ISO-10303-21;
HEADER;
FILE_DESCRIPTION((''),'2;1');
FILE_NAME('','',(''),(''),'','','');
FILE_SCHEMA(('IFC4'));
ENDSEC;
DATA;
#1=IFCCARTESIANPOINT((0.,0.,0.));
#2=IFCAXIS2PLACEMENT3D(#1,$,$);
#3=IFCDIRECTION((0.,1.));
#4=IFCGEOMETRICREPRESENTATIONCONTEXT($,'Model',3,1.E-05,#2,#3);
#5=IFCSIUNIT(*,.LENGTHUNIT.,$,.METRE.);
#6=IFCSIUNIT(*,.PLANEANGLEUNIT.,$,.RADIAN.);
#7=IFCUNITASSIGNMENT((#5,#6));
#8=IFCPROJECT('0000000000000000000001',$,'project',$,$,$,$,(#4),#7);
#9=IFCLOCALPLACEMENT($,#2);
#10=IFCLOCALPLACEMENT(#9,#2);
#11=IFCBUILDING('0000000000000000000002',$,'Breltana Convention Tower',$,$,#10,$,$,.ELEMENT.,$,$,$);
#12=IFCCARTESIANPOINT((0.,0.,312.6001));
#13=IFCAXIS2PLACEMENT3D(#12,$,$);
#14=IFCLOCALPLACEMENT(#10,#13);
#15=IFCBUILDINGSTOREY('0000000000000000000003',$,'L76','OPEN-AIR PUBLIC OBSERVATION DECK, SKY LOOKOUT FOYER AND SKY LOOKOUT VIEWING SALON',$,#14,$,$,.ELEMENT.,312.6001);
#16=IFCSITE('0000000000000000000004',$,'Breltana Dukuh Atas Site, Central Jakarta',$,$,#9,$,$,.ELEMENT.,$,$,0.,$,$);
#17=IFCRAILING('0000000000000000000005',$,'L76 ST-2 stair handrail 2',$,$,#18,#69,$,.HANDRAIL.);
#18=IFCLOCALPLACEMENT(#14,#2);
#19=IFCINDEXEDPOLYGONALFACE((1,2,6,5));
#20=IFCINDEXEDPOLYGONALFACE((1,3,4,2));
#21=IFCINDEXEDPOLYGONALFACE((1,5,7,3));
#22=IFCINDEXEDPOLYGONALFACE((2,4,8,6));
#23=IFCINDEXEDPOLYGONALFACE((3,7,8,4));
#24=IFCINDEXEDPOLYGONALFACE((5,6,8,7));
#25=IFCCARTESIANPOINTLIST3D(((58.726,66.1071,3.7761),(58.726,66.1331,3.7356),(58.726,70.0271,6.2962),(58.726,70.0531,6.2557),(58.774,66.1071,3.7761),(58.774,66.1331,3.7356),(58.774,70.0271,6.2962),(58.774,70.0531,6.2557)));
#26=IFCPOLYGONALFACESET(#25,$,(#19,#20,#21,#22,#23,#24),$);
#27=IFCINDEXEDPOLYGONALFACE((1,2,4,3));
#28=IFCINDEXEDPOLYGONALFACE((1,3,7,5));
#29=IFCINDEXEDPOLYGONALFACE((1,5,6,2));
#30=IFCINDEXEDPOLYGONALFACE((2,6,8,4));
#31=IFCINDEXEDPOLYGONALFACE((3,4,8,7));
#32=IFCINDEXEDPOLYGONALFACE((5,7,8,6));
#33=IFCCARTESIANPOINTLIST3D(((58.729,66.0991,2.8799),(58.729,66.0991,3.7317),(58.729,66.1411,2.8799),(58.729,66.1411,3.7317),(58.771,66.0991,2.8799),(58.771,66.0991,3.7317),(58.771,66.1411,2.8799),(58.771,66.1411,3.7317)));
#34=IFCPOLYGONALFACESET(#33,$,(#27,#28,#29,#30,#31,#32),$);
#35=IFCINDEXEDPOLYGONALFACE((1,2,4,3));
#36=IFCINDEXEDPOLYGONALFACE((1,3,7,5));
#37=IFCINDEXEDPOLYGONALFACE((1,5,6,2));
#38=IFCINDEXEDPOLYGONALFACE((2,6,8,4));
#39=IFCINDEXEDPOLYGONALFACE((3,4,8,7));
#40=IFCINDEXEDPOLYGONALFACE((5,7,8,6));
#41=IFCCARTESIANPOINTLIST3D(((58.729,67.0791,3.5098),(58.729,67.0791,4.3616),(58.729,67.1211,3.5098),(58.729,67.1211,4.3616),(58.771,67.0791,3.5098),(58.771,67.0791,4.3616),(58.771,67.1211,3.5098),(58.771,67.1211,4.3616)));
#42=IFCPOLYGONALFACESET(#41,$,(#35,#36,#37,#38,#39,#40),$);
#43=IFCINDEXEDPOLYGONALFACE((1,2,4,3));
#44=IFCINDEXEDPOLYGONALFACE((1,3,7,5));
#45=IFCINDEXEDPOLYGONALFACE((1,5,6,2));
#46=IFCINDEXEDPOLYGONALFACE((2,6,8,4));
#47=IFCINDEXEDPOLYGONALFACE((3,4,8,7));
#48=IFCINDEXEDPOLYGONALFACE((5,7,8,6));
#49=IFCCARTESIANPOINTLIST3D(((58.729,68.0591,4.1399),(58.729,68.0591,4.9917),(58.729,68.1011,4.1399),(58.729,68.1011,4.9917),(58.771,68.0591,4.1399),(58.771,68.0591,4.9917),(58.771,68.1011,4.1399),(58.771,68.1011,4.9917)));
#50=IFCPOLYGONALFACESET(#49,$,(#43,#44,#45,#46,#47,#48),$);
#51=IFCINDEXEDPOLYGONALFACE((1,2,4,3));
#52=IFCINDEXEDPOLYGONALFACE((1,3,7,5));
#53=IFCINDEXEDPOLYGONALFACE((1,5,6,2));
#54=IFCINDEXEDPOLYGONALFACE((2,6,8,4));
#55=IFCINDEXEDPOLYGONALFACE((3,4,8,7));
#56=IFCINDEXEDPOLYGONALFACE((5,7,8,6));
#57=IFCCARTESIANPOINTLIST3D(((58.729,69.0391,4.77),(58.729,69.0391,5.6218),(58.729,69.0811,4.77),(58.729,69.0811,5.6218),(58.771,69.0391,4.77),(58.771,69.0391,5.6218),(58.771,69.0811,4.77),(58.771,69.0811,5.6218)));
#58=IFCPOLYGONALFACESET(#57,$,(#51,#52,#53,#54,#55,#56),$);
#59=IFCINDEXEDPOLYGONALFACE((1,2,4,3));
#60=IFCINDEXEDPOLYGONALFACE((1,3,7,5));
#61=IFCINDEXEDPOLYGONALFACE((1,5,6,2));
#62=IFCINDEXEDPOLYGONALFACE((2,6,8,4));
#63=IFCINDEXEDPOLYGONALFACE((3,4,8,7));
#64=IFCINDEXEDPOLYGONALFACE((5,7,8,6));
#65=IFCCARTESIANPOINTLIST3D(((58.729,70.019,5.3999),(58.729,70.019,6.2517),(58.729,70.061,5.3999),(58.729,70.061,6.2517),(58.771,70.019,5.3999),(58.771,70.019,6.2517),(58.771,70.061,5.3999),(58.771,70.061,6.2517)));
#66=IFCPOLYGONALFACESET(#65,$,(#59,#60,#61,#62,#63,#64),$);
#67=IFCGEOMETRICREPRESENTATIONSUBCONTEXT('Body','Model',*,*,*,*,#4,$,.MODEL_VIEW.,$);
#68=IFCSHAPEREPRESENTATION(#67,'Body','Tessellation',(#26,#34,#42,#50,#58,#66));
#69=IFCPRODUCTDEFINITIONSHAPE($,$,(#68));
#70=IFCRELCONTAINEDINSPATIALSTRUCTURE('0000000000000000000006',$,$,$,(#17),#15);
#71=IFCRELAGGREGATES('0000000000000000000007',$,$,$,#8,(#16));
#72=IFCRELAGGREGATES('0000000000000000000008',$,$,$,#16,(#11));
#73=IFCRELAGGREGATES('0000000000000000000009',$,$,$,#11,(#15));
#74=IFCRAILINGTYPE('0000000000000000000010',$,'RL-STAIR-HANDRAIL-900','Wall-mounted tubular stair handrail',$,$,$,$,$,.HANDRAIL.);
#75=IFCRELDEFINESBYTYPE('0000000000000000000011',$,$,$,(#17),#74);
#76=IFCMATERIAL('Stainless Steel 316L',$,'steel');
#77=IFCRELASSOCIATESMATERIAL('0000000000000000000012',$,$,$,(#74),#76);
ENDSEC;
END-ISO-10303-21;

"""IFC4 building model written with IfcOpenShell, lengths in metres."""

from ifc_helpers import new_model, si_unit, direction, frame, origin, origin_2d, place, context, subcontext, project, spatial, rectangle, extrude, material, type_object, element, save


model = new_model("IFC4")

# Units and contexts
model_context = context("Model", 3, precision=1e-05, world=origin(), true_north=direction((0.0, 1.0)))
body_context = subcontext(model_context, "Body", "Model", "MODEL_VIEW")
ifc_project = project(units=[si_unit("LENGTHUNIT", "METRE"), si_unit("PLANEANGLEUNIT", "RADIAN")], contexts=[model_context])

# Site, building, storey
site_placement = place(None, origin())
site = spatial("IfcSite", under=ifc_project, at=site_placement, Name="Breltana Dukuh Atas Site, Central Jakarta", CompositionType="ELEMENT", RefElevation=0.0)
building_placement = place(site_placement, origin())
building = spatial("IfcBuilding", under=site, at=building_placement, Name="Breltana Convention Tower", CompositionType="ELEMENT")
storey_placement = place(building_placement, frame((0.0, 0.0, 312.6001)))
storey = spatial("IfcBuildingStorey", under=building, at=storey_placement, Name="L76", Description="OPEN-AIR PUBLIC OBSERVATION DECK, SKY LOOKOUT FOYER AND SKY LOOKOUT VIEWING SALON", CompositionType="ELEMENT", Elevation=312.6001)

# Railing
ifc_material_1 = material(Name="Stainless Steel 316L", Category="steel")
railing_type_1 = type_object("IfcRailingType", Name="RL-STAIR-HANDRAIL-900", Description="Wall-mounted tubular stair handrail", PredefinedType="HANDRAIL", material=ifc_material_1)
railing_1_placement = place(storey_placement, frame((58.75, 66.1201, 2.8799)))
element("IfcRailing", 1, at=railing_1_placement, inside=storey, type_object=railing_type_1, Name="L76 ST-2 stair handrail 2", PredefinedType="HANDRAIL", context=body_context, shape_type="SweptSolid", body=[
    extrude(rectangle(XDim=0.0481, YDim=0.0481, at=origin_2d()), frame((0.0, 0.0, 0.876), z_axis=(0.0, 0.841172, 0.540768), x_axis=(-1.0, 0.0, 0.0)), (0.0, 0.0, 1.0), 4.6602),
    extrude(rectangle(XDim=0.042, YDim=0.042, at=origin_2d()), origin(), (0.0, 0.0, 1.0), 0.8518),
    extrude(rectangle(XDim=0.042, YDim=0.042, at=origin_2d()), frame((0.0, 0.98, 0.6299)), (0.0, 0.0, 1.0), 0.8518),
    extrude(rectangle(XDim=0.042, YDim=0.042, at=origin_2d()), frame((0.0, 1.96, 1.26)), (0.0, 0.0, 1.0), 0.8518),
    extrude(rectangle(XDim=0.042, YDim=0.042, at=origin_2d()), frame((0.0, 2.9399, 1.8901)), (0.0, 0.0, 1.0), 0.8518),
    extrude(rectangle(XDim=0.042, YDim=0.042, at=origin_2d()), frame((0.0, 3.9199, 2.52)), (0.0, 0.0, 1.0), 0.8518),
])

save(model, "model.ifc")
